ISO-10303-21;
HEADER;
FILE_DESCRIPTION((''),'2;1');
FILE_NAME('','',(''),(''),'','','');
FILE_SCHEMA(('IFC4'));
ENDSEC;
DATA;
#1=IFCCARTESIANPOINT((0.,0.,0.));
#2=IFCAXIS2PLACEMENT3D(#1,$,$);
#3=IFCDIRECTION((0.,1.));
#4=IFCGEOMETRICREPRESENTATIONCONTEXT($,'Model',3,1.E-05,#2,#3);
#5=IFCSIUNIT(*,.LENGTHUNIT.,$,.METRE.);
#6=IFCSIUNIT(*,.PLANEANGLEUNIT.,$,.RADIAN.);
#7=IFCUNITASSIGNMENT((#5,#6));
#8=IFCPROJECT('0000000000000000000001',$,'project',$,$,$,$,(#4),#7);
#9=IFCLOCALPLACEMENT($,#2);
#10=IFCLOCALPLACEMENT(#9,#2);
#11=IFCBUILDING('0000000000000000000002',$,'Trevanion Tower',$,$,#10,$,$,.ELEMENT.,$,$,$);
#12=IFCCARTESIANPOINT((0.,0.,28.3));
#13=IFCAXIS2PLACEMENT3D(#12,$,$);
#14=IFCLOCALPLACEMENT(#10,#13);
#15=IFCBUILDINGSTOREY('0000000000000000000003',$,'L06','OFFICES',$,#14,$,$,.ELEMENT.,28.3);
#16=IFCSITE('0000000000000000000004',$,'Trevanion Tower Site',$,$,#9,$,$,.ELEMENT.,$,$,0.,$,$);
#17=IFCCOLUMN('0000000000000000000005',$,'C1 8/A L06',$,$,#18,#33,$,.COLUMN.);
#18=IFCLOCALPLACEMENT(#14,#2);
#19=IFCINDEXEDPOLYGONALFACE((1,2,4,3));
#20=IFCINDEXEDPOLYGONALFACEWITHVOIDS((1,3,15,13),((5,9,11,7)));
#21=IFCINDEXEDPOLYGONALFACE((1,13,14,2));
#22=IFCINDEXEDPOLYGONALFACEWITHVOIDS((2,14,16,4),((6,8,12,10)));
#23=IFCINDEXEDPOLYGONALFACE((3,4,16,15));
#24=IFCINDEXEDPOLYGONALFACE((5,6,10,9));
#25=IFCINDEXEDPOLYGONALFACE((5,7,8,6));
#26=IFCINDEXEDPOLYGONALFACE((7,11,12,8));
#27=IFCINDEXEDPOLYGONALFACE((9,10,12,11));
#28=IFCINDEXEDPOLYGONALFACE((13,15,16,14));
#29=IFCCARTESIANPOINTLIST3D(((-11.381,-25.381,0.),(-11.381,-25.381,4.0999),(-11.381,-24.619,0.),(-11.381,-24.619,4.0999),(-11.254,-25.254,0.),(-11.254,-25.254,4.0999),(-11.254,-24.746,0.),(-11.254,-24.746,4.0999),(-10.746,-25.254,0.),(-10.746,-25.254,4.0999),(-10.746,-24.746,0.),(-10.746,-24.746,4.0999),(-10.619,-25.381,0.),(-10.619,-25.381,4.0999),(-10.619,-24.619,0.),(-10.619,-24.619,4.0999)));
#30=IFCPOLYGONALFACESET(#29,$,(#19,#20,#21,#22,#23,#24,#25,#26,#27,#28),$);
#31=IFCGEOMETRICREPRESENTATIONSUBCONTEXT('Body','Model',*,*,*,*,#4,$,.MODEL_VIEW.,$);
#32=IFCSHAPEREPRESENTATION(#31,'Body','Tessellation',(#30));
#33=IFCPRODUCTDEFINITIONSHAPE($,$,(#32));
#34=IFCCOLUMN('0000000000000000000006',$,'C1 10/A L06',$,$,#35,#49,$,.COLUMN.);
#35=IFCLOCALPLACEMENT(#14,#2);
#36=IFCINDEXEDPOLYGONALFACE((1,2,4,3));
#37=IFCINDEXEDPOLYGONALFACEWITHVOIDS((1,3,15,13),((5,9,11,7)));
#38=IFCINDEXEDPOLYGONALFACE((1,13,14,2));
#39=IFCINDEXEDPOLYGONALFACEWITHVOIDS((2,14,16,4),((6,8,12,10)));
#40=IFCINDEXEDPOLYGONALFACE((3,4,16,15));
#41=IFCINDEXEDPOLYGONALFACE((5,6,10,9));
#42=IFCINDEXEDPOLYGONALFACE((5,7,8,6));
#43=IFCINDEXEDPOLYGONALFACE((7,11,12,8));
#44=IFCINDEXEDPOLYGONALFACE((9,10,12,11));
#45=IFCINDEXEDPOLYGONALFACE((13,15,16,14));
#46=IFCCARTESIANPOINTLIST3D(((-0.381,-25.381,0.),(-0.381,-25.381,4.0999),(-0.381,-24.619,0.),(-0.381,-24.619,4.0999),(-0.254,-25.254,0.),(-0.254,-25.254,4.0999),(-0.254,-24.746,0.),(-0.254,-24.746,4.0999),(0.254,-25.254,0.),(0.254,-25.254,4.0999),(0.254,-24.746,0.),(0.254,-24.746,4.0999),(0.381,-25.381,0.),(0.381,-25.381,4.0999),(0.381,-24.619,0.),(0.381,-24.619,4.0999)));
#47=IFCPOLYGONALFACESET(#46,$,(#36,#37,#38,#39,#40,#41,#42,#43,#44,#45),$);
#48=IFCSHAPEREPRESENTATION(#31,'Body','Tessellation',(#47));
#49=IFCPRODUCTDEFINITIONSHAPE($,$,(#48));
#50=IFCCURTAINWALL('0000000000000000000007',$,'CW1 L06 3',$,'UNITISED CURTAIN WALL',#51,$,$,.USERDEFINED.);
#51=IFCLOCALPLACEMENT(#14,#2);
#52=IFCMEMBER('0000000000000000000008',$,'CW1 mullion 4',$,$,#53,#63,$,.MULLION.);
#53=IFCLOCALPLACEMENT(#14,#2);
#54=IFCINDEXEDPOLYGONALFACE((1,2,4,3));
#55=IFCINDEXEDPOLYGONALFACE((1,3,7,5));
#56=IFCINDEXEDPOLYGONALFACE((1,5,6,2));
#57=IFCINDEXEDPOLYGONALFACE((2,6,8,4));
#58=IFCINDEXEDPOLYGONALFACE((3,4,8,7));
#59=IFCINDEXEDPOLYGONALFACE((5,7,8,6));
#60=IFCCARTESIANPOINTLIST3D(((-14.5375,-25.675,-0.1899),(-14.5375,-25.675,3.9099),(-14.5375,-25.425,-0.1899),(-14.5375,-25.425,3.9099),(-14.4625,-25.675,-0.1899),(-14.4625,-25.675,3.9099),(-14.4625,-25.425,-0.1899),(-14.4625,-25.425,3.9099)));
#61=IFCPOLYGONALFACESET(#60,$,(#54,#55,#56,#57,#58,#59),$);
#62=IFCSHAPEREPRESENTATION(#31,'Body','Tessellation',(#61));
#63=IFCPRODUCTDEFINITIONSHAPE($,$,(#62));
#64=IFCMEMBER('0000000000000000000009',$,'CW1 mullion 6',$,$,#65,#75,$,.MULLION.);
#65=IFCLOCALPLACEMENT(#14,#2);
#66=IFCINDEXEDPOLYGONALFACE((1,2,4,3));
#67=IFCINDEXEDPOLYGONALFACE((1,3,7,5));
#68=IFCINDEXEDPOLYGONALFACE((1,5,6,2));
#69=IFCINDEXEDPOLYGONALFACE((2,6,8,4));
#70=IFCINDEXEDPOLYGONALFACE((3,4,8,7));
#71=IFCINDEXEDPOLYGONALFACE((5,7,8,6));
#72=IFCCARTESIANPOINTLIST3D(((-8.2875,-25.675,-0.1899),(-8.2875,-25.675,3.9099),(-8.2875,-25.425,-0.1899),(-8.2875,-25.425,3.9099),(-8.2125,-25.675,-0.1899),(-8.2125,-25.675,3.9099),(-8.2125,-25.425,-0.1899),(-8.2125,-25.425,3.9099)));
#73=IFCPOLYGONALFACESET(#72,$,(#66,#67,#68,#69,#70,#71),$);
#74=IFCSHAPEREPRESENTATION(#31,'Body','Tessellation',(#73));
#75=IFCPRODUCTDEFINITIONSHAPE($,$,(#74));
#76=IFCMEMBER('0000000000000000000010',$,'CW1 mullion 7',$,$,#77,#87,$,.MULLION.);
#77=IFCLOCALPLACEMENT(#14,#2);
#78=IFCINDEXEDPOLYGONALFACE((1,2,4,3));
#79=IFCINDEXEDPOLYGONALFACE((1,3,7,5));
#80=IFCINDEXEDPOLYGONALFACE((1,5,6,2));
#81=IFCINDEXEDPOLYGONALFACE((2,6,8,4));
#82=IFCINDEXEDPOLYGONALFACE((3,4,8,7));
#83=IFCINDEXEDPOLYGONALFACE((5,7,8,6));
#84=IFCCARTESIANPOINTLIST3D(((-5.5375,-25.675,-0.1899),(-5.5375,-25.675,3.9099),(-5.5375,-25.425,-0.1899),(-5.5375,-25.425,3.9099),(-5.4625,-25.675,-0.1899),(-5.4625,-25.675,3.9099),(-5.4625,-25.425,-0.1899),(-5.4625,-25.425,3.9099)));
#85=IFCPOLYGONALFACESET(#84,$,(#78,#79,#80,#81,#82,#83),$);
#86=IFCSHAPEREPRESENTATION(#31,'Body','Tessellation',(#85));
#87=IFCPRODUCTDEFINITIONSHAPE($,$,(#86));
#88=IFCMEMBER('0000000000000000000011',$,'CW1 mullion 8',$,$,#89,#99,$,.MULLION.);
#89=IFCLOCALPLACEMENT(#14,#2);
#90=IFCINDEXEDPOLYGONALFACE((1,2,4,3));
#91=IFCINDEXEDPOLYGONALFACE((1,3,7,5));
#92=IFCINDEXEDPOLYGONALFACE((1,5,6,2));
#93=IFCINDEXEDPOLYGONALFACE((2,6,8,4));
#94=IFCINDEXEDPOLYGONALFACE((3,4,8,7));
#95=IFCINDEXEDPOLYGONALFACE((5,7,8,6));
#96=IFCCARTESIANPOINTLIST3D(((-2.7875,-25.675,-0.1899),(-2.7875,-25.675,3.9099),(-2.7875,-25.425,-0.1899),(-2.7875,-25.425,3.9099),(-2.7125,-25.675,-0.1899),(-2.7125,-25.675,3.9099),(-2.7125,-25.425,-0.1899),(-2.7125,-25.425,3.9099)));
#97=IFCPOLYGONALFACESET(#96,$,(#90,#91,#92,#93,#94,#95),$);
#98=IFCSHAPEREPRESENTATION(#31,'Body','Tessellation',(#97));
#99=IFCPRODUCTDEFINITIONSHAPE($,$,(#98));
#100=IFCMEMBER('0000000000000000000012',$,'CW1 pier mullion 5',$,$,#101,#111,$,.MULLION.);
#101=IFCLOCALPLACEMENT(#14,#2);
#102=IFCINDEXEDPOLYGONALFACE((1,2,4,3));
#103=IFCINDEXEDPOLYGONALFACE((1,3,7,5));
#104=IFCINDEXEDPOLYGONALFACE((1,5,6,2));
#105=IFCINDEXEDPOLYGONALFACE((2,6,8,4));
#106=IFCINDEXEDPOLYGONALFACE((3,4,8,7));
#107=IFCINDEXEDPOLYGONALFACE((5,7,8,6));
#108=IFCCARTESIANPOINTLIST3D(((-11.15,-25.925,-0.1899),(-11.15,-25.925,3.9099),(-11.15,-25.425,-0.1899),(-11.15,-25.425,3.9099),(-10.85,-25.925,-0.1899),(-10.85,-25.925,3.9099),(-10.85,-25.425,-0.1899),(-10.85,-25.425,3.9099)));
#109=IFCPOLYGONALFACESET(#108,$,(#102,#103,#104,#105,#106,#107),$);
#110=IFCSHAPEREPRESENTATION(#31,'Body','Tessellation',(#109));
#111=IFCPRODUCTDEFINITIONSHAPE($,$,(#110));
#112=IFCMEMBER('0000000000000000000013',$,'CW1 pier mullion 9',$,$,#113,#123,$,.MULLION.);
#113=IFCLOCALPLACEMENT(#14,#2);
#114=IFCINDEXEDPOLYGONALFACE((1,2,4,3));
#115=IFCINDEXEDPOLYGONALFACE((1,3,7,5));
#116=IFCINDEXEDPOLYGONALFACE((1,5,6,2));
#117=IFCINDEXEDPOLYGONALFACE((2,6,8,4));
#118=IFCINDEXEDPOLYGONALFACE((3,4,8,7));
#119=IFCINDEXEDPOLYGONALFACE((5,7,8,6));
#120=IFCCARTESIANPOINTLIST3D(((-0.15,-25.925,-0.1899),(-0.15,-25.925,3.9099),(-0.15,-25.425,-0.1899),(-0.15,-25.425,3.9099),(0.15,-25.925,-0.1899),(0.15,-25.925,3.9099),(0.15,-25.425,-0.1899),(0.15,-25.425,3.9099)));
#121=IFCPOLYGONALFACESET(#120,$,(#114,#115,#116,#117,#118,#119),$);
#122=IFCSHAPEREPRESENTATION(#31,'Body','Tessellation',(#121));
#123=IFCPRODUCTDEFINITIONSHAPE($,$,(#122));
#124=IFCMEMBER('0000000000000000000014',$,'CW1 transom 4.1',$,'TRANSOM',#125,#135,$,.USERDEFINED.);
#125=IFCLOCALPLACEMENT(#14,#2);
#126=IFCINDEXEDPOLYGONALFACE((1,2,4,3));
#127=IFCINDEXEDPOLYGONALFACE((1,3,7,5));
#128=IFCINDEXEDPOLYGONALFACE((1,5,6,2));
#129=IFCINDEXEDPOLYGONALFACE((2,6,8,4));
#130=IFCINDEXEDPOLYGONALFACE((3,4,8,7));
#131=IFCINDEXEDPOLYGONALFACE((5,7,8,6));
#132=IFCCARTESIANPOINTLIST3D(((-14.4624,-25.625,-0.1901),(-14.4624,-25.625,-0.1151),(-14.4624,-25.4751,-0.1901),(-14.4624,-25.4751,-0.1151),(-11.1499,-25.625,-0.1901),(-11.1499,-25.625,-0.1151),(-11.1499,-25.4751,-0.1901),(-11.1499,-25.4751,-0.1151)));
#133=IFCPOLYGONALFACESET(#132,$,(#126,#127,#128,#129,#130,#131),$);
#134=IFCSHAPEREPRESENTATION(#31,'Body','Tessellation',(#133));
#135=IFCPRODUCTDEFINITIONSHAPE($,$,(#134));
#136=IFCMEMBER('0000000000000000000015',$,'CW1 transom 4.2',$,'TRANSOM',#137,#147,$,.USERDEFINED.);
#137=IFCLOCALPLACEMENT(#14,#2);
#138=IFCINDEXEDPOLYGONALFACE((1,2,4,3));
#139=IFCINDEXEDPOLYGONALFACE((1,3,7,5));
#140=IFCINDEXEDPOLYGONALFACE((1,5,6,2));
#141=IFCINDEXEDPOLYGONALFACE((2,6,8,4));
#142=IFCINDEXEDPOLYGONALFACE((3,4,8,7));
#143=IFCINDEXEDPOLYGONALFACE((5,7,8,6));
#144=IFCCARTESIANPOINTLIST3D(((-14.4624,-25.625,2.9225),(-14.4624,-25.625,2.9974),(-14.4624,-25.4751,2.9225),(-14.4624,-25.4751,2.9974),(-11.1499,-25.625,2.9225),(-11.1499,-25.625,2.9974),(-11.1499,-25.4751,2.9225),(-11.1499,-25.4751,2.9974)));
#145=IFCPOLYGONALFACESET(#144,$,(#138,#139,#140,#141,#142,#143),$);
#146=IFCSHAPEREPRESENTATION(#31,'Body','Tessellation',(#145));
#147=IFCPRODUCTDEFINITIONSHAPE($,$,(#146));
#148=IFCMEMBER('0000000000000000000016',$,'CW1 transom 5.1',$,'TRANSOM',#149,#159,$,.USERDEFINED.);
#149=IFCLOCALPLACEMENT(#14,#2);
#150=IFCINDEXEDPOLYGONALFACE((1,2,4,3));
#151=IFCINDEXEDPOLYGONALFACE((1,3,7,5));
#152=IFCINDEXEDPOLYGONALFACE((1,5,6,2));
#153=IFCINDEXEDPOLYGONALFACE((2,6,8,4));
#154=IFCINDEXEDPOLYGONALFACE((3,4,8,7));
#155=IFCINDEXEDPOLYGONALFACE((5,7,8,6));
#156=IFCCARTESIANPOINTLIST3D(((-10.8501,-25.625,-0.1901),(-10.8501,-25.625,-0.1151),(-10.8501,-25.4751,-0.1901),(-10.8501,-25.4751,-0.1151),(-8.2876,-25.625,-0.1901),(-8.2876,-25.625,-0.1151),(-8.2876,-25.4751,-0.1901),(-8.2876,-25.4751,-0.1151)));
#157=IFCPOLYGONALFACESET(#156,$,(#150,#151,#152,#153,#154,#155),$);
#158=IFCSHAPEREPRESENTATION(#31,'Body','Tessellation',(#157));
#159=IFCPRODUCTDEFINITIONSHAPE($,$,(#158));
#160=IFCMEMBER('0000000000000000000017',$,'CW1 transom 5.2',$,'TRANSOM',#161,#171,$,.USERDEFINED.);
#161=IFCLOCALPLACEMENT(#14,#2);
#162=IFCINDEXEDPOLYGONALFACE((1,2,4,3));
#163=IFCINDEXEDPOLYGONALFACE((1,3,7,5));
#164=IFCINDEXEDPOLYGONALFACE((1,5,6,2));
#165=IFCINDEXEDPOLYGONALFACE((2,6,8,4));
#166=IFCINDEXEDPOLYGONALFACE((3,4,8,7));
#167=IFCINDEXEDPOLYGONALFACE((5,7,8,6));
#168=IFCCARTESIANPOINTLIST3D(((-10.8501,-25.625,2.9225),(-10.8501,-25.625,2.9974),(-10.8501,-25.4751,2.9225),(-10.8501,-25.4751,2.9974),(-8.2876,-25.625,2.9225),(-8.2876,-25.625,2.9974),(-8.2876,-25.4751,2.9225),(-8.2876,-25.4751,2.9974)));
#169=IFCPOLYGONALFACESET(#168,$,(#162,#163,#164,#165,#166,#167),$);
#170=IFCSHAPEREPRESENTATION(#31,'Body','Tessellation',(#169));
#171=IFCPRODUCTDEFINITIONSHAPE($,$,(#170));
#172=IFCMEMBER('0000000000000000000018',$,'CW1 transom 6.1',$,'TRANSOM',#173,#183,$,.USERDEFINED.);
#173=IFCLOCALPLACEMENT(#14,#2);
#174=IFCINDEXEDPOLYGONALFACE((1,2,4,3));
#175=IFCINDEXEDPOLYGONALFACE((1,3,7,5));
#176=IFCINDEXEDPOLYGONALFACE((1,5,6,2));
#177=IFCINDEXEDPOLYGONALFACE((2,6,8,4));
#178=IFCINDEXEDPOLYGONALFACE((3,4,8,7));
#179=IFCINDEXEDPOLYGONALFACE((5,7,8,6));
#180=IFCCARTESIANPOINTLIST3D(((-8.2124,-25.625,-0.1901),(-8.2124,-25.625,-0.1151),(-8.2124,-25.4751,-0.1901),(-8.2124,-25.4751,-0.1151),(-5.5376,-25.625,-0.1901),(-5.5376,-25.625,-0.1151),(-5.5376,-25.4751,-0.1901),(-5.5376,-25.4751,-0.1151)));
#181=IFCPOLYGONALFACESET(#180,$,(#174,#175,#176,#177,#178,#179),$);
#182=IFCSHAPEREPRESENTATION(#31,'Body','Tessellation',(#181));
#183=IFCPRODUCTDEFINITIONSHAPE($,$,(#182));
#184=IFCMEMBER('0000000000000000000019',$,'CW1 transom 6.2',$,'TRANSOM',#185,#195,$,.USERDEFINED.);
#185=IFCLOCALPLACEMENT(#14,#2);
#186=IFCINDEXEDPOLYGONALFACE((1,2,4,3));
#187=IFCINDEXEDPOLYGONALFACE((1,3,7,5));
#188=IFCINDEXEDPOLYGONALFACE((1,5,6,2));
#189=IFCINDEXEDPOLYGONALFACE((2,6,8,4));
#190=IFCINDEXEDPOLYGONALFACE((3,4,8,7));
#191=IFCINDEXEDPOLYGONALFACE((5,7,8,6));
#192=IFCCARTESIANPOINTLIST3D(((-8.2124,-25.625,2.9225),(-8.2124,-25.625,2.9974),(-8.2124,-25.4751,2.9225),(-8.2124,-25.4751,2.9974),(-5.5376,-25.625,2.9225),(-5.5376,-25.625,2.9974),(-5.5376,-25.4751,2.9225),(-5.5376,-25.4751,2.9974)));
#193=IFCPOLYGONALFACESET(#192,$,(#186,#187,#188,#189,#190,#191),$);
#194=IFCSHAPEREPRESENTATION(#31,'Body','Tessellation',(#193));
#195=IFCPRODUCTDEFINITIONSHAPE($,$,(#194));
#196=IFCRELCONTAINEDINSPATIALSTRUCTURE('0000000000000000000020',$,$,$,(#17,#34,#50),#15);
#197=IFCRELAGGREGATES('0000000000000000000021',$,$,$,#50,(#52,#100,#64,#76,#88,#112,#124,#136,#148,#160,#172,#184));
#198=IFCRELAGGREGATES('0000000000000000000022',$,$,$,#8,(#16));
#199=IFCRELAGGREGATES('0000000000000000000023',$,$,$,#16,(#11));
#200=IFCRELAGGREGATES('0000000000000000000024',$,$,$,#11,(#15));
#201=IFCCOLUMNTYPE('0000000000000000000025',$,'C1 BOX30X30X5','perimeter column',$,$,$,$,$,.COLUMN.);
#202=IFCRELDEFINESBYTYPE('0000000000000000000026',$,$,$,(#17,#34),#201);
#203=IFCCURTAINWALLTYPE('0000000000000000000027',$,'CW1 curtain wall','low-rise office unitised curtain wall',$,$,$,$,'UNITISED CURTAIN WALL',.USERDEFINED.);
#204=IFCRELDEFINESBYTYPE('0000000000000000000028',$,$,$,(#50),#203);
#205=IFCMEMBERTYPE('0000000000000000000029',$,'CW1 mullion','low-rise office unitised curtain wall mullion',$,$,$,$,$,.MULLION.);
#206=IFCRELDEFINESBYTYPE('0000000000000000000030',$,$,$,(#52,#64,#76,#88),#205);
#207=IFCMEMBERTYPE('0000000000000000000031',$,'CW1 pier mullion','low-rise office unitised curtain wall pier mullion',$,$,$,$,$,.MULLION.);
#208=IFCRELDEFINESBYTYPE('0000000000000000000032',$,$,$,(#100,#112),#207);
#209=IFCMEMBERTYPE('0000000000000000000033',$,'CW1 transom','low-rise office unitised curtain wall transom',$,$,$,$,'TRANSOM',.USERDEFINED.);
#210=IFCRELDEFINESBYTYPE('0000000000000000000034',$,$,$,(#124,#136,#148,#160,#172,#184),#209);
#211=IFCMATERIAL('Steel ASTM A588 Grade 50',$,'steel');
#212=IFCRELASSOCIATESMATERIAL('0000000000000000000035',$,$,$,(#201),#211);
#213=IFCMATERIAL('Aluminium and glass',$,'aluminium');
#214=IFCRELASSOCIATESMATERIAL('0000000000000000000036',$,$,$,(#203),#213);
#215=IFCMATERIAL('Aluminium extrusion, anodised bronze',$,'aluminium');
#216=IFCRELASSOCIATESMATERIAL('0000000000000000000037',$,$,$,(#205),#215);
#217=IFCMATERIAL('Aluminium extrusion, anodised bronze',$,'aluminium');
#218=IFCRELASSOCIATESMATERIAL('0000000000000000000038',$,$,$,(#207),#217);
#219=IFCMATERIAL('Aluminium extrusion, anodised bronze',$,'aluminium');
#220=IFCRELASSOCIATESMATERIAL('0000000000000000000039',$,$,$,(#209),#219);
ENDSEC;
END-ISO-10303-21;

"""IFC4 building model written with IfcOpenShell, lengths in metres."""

from ifc_helpers import new_model, si_unit, direction, frame, origin, origin_2d, place, context, subcontext, project, spatial, rectangle, hollow_rectangle, extrude, material, material_profile, profile_set, type_object, element, aggregate, save


model = new_model("IFC4")

# Units and contexts
model_context = context("Model", 3, precision=1e-05, world=origin(), true_north=direction((0.0, 1.0)))
body_context = subcontext(model_context, "Body", "Model", "MODEL_VIEW")
ifc_project = project(units=[si_unit("LENGTHUNIT", "METRE"), si_unit("PLANEANGLEUNIT", "RADIAN")], contexts=[model_context])

# Site, building, storey
site_placement = place(None, origin())
site = spatial("IfcSite", under=ifc_project, at=site_placement, Name="Trevanion Tower Site", CompositionType="ELEMENT", RefElevation=0.0)
building_placement = place(site_placement, origin())
building = spatial("IfcBuilding", under=site, at=building_placement, Name="Trevanion Tower", CompositionType="ELEMENT")
storey_placement = place(building_placement, frame((0.0, 0.0, 28.3)))
storey = spatial("IfcBuildingStorey", under=building, at=storey_placement, Name="L06", Description="OFFICES", CompositionType="ELEMENT", Elevation=28.3)

# Columns
ifc_material_1 = material(Name="Steel ASTM A588 Grade 50", Category="steel")
ifc_material_profile_1 = material_profile(ifc_material_1, hollow_rectangle(XDim=0.762, YDim=0.762, WallThickness=0.127, at=origin_2d()), Name="BOX30X30X5")
ifc_profile_set_1 = profile_set([ifc_material_profile_1], Name="Steel ASTM A588 Grade 50")
column_type = type_object("IfcColumnType", Name="C1 BOX30X30X5", Description="perimeter column", PredefinedType="COLUMN", material=ifc_profile_set_1)
for number, where, z_axis, x_axis, name in (
    (1, (-11.0, -25.0, 0.0), (0.0, 0.0, 1.0), (1.0, 0.0, 0.0), "C1 8/A L06"),
    (2, (0.0, -25.0, 0.0), (0.0, 0.0, 1.0), (1.0, 0.0, 0.0), "C1 10/A L06"),
):
    element("IfcColumn", number, at=place(storey_placement, frame(where, z_axis=z_axis, x_axis=x_axis)), inside=storey, type_object=column_type, Name=name, PredefinedType="COLUMN", context=body_context, shape_type="SweptSolid", body=[
        extrude(hollow_rectangle(XDim=0.762, YDim=0.762, WallThickness=0.127, at=origin_2d()), origin(), (0.0, 0.0, 1.0), 4.0999),
    ])

# Curtain wall, members
ifc_material_2 = material(Name="Aluminium and glass", Category="aluminium")
curtain_wall_type = type_object("IfcCurtainWallType", Name="CW1 curtain wall", Description="low-rise office unitised curtain wall", ElementType="UNITISED CURTAIN WALL", PredefinedType="USERDEFINED", material=ifc_material_2)
curtain_wall_placement = place(storey_placement, origin())
curtain_wall = element("IfcCurtainWall", 3, at=curtain_wall_placement, inside=storey, type_object=curtain_wall_type, Name="CW1 L06 3", ObjectType="UNITISED CURTAIN WALL", PredefinedType="USERDEFINED")
ifc_material_3 = material(Name="Aluminium extrusion, anodised bronze", Category="aluminium")
ifc_material_profile_2 = material_profile(ifc_material_3, rectangle(XDim=0.075, YDim=0.25, at=origin_2d()), Name="CW1 mullion")
ifc_profile_set_2 = profile_set([ifc_material_profile_2], Name="Aluminium extrusion, anodised bronze")
member_type_1 = type_object("IfcMemberType", Name="CW1 mullion", Description="low-rise office unitised curtain wall mullion", PredefinedType="MULLION", material=ifc_profile_set_2)
member_1_placement = place(storey_placement, frame((-14.5, -25.55, -0.1899), z_axis=(0.0, 0.0, 1.0), x_axis=(1.0, 0.0, 0.0)))
member_1 = element("IfcMember", 4, at=member_1_placement, type_object=member_type_1, Name="CW1 mullion 4", PredefinedType="MULLION", context=body_context, shape_type="SweptSolid", body=[
    extrude(rectangle(XDim=0.075, YDim=0.25, at=origin_2d()), origin(), (0.0, 0.0, 1.0), 4.0999),
])
member_2_placement = place(storey_placement, frame((-8.25, -25.55, -0.1899), z_axis=(0.0, 0.0, 1.0), x_axis=(1.0, 0.0, 0.0)))
member_2 = element("IfcMember", 5, at=member_2_placement, type_object=member_type_1, Name="CW1 mullion 6", PredefinedType="MULLION", context=body_context, shape_type="SweptSolid", body=[
    extrude(rectangle(XDim=0.075, YDim=0.25, at=origin_2d()), origin(), (0.0, 0.0, 1.0), 4.0999),
])
member_3_placement = place(storey_placement, frame((-5.5, -25.55, -0.1899), z_axis=(0.0, 0.0, 1.0), x_axis=(1.0, 0.0, 0.0)))
member_3 = element("IfcMember", 6, at=member_3_placement, type_object=member_type_1, Name="CW1 mullion 7", PredefinedType="MULLION", context=body_context, shape_type="SweptSolid", body=[
    extrude(rectangle(XDim=0.075, YDim=0.25, at=origin_2d()), origin(), (0.0, 0.0, 1.0), 4.0999),
])
member_4_placement = place(storey_placement, frame((-2.75, -25.55, -0.1899), z_axis=(0.0, 0.0, 1.0), x_axis=(1.0, 0.0, 0.0)))
member_4 = element("IfcMember", 7, at=member_4_placement, type_object=member_type_1, Name="CW1 mullion 8", PredefinedType="MULLION", context=body_context, shape_type="SweptSolid", body=[
    extrude(rectangle(XDim=0.075, YDim=0.25, at=origin_2d()), origin(), (0.0, 0.0, 1.0), 4.0999),
])
ifc_material_4 = material(Name="Aluminium extrusion, anodised bronze", Category="aluminium")
ifc_material_profile_3 = material_profile(ifc_material_4, rectangle(XDim=0.3, YDim=0.5, at=origin_2d()), Name="CW1 pier mullion")
ifc_profile_set_3 = profile_set([ifc_material_profile_3], Name="Aluminium extrusion, anodised bronze")
member_type_2 = type_object("IfcMemberType", Name="CW1 pier mullion", Description="low-rise office unitised curtain wall pier mullion", PredefinedType="MULLION", material=ifc_profile_set_3)
member_5_placement = place(storey_placement, frame((-11.0, -25.675, -0.1899), z_axis=(0.0, 0.0, 1.0), x_axis=(1.0, 0.0, 0.0)))
member_5 = element("IfcMember", 8, at=member_5_placement, type_object=member_type_2, Name="CW1 pier mullion 5", PredefinedType="MULLION", context=body_context, shape_type="SweptSolid", body=[
    extrude(rectangle(XDim=0.3, YDim=0.5, at=origin_2d()), origin(), (0.0, 0.0, 1.0), 4.0999),
])
member_6_placement = place(storey_placement, frame((0.0, -25.675, -0.1899), z_axis=(0.0, 0.0, 1.0), x_axis=(1.0, 0.0, 0.0)))
member_6 = element("IfcMember", 9, at=member_6_placement, type_object=member_type_2, Name="CW1 pier mullion 9", PredefinedType="MULLION", context=body_context, shape_type="SweptSolid", body=[
    extrude(rectangle(XDim=0.3, YDim=0.5, at=origin_2d()), origin(), (0.0, 0.0, 1.0), 4.0999),
])
ifc_material_5 = material(Name="Aluminium extrusion, anodised bronze", Category="aluminium")
ifc_material_profile_4 = material_profile(ifc_material_5, rectangle(XDim=0.1499, YDim=0.075, at=origin_2d()), Name="CW1 transom")
ifc_profile_set_4 = profile_set([ifc_material_profile_4], Name="Aluminium extrusion, anodised bronze")
member_type_3 = type_object("IfcMemberType", Name="CW1 transom", Description="low-rise office unitised curtain wall transom", ElementType="TRANSOM", PredefinedType="USERDEFINED", material=ifc_profile_set_4)
member_7_placement = place(storey_placement, frame((-14.4624, -25.55, -0.1526), z_axis=(1.0, 0.0, 0.0), x_axis=(0.0, 1.0, 0.0)))
member_7 = element("IfcMember", 10, at=member_7_placement, type_object=member_type_3, Name="CW1 transom 4.1", ObjectType="TRANSOM", PredefinedType="USERDEFINED", context=body_context, shape_type="SweptSolid", body=[
    extrude(rectangle(XDim=0.1499, YDim=0.075, at=origin_2d()), origin(), (0.0, 0.0, 1.0), 3.3125),
])
member_8_placement = place(storey_placement, frame((-14.4624, -25.55, 2.96), z_axis=(1.0, 0.0, 0.0), x_axis=(0.0, 1.0, 0.0)))
member_8 = element("IfcMember", 11, at=member_8_placement, type_object=member_type_3, Name="CW1 transom 4.2", ObjectType="TRANSOM", PredefinedType="USERDEFINED", context=body_context, shape_type="SweptSolid", body=[
    extrude(rectangle(XDim=0.1499, YDim=0.075, at=origin_2d()), origin(), (0.0, 0.0, 1.0), 3.3125),
])
member_9_placement = place(storey_placement, frame((-10.8501, -25.55, -0.1526), z_axis=(1.0, 0.0, 0.0), x_axis=(0.0, 1.0, 0.0)))
member_9 = element("IfcMember", 12, at=member_9_placement, type_object=member_type_3, Name="CW1 transom 5.1", ObjectType="TRANSOM", PredefinedType="USERDEFINED", context=body_context, shape_type="SweptSolid", body=[
    extrude(rectangle(XDim=0.1499, YDim=0.075, at=origin_2d()), origin(), (0.0, 0.0, 1.0), 2.5625),
])
member_10_placement = place(storey_placement, frame((-10.8501, -25.55, 2.96), z_axis=(1.0, 0.0, 0.0), x_axis=(0.0, 1.0, 0.0)))
member_10 = element("IfcMember", 13, at=member_10_placement, type_object=member_type_3, Name="CW1 transom 5.2", ObjectType="TRANSOM", PredefinedType="USERDEFINED", context=body_context, shape_type="SweptSolid", body=[
    extrude(rectangle(XDim=0.1499, YDim=0.075, at=origin_2d()), origin(), (0.0, 0.0, 1.0), 2.5625),
])
member_11_placement = place(storey_placement, frame((-8.2124, -25.55, -0.1526), z_axis=(1.0, 0.0, 0.0), x_axis=(0.0, 1.0, 0.0)))
member_11 = element("IfcMember", 14, at=member_11_placement, type_object=member_type_3, Name="CW1 transom 6.1", ObjectType="TRANSOM", PredefinedType="USERDEFINED", context=body_context, shape_type="SweptSolid", body=[
    extrude(rectangle(XDim=0.1499, YDim=0.075, at=origin_2d()), origin(), (0.0, 0.0, 1.0), 2.6748),
])
member_12_placement = place(storey_placement, frame((-8.2124, -25.55, 2.96), z_axis=(1.0, 0.0, 0.0), x_axis=(0.0, 1.0, 0.0)))
member_12 = element("IfcMember", 15, at=member_12_placement, type_object=member_type_3, Name="CW1 transom 6.2", ObjectType="TRANSOM", PredefinedType="USERDEFINED", context=body_context, shape_type="SweptSolid", body=[
    extrude(rectangle(XDim=0.1499, YDim=0.075, at=origin_2d()), origin(), (0.0, 0.0, 1.0), 2.6748),
])

aggregate(curtain_wall, [member_1, member_5, member_2, member_3, member_4, member_6, member_7, member_8, member_9, member_10, member_11, member_12])

save(model, "model.ifc")
